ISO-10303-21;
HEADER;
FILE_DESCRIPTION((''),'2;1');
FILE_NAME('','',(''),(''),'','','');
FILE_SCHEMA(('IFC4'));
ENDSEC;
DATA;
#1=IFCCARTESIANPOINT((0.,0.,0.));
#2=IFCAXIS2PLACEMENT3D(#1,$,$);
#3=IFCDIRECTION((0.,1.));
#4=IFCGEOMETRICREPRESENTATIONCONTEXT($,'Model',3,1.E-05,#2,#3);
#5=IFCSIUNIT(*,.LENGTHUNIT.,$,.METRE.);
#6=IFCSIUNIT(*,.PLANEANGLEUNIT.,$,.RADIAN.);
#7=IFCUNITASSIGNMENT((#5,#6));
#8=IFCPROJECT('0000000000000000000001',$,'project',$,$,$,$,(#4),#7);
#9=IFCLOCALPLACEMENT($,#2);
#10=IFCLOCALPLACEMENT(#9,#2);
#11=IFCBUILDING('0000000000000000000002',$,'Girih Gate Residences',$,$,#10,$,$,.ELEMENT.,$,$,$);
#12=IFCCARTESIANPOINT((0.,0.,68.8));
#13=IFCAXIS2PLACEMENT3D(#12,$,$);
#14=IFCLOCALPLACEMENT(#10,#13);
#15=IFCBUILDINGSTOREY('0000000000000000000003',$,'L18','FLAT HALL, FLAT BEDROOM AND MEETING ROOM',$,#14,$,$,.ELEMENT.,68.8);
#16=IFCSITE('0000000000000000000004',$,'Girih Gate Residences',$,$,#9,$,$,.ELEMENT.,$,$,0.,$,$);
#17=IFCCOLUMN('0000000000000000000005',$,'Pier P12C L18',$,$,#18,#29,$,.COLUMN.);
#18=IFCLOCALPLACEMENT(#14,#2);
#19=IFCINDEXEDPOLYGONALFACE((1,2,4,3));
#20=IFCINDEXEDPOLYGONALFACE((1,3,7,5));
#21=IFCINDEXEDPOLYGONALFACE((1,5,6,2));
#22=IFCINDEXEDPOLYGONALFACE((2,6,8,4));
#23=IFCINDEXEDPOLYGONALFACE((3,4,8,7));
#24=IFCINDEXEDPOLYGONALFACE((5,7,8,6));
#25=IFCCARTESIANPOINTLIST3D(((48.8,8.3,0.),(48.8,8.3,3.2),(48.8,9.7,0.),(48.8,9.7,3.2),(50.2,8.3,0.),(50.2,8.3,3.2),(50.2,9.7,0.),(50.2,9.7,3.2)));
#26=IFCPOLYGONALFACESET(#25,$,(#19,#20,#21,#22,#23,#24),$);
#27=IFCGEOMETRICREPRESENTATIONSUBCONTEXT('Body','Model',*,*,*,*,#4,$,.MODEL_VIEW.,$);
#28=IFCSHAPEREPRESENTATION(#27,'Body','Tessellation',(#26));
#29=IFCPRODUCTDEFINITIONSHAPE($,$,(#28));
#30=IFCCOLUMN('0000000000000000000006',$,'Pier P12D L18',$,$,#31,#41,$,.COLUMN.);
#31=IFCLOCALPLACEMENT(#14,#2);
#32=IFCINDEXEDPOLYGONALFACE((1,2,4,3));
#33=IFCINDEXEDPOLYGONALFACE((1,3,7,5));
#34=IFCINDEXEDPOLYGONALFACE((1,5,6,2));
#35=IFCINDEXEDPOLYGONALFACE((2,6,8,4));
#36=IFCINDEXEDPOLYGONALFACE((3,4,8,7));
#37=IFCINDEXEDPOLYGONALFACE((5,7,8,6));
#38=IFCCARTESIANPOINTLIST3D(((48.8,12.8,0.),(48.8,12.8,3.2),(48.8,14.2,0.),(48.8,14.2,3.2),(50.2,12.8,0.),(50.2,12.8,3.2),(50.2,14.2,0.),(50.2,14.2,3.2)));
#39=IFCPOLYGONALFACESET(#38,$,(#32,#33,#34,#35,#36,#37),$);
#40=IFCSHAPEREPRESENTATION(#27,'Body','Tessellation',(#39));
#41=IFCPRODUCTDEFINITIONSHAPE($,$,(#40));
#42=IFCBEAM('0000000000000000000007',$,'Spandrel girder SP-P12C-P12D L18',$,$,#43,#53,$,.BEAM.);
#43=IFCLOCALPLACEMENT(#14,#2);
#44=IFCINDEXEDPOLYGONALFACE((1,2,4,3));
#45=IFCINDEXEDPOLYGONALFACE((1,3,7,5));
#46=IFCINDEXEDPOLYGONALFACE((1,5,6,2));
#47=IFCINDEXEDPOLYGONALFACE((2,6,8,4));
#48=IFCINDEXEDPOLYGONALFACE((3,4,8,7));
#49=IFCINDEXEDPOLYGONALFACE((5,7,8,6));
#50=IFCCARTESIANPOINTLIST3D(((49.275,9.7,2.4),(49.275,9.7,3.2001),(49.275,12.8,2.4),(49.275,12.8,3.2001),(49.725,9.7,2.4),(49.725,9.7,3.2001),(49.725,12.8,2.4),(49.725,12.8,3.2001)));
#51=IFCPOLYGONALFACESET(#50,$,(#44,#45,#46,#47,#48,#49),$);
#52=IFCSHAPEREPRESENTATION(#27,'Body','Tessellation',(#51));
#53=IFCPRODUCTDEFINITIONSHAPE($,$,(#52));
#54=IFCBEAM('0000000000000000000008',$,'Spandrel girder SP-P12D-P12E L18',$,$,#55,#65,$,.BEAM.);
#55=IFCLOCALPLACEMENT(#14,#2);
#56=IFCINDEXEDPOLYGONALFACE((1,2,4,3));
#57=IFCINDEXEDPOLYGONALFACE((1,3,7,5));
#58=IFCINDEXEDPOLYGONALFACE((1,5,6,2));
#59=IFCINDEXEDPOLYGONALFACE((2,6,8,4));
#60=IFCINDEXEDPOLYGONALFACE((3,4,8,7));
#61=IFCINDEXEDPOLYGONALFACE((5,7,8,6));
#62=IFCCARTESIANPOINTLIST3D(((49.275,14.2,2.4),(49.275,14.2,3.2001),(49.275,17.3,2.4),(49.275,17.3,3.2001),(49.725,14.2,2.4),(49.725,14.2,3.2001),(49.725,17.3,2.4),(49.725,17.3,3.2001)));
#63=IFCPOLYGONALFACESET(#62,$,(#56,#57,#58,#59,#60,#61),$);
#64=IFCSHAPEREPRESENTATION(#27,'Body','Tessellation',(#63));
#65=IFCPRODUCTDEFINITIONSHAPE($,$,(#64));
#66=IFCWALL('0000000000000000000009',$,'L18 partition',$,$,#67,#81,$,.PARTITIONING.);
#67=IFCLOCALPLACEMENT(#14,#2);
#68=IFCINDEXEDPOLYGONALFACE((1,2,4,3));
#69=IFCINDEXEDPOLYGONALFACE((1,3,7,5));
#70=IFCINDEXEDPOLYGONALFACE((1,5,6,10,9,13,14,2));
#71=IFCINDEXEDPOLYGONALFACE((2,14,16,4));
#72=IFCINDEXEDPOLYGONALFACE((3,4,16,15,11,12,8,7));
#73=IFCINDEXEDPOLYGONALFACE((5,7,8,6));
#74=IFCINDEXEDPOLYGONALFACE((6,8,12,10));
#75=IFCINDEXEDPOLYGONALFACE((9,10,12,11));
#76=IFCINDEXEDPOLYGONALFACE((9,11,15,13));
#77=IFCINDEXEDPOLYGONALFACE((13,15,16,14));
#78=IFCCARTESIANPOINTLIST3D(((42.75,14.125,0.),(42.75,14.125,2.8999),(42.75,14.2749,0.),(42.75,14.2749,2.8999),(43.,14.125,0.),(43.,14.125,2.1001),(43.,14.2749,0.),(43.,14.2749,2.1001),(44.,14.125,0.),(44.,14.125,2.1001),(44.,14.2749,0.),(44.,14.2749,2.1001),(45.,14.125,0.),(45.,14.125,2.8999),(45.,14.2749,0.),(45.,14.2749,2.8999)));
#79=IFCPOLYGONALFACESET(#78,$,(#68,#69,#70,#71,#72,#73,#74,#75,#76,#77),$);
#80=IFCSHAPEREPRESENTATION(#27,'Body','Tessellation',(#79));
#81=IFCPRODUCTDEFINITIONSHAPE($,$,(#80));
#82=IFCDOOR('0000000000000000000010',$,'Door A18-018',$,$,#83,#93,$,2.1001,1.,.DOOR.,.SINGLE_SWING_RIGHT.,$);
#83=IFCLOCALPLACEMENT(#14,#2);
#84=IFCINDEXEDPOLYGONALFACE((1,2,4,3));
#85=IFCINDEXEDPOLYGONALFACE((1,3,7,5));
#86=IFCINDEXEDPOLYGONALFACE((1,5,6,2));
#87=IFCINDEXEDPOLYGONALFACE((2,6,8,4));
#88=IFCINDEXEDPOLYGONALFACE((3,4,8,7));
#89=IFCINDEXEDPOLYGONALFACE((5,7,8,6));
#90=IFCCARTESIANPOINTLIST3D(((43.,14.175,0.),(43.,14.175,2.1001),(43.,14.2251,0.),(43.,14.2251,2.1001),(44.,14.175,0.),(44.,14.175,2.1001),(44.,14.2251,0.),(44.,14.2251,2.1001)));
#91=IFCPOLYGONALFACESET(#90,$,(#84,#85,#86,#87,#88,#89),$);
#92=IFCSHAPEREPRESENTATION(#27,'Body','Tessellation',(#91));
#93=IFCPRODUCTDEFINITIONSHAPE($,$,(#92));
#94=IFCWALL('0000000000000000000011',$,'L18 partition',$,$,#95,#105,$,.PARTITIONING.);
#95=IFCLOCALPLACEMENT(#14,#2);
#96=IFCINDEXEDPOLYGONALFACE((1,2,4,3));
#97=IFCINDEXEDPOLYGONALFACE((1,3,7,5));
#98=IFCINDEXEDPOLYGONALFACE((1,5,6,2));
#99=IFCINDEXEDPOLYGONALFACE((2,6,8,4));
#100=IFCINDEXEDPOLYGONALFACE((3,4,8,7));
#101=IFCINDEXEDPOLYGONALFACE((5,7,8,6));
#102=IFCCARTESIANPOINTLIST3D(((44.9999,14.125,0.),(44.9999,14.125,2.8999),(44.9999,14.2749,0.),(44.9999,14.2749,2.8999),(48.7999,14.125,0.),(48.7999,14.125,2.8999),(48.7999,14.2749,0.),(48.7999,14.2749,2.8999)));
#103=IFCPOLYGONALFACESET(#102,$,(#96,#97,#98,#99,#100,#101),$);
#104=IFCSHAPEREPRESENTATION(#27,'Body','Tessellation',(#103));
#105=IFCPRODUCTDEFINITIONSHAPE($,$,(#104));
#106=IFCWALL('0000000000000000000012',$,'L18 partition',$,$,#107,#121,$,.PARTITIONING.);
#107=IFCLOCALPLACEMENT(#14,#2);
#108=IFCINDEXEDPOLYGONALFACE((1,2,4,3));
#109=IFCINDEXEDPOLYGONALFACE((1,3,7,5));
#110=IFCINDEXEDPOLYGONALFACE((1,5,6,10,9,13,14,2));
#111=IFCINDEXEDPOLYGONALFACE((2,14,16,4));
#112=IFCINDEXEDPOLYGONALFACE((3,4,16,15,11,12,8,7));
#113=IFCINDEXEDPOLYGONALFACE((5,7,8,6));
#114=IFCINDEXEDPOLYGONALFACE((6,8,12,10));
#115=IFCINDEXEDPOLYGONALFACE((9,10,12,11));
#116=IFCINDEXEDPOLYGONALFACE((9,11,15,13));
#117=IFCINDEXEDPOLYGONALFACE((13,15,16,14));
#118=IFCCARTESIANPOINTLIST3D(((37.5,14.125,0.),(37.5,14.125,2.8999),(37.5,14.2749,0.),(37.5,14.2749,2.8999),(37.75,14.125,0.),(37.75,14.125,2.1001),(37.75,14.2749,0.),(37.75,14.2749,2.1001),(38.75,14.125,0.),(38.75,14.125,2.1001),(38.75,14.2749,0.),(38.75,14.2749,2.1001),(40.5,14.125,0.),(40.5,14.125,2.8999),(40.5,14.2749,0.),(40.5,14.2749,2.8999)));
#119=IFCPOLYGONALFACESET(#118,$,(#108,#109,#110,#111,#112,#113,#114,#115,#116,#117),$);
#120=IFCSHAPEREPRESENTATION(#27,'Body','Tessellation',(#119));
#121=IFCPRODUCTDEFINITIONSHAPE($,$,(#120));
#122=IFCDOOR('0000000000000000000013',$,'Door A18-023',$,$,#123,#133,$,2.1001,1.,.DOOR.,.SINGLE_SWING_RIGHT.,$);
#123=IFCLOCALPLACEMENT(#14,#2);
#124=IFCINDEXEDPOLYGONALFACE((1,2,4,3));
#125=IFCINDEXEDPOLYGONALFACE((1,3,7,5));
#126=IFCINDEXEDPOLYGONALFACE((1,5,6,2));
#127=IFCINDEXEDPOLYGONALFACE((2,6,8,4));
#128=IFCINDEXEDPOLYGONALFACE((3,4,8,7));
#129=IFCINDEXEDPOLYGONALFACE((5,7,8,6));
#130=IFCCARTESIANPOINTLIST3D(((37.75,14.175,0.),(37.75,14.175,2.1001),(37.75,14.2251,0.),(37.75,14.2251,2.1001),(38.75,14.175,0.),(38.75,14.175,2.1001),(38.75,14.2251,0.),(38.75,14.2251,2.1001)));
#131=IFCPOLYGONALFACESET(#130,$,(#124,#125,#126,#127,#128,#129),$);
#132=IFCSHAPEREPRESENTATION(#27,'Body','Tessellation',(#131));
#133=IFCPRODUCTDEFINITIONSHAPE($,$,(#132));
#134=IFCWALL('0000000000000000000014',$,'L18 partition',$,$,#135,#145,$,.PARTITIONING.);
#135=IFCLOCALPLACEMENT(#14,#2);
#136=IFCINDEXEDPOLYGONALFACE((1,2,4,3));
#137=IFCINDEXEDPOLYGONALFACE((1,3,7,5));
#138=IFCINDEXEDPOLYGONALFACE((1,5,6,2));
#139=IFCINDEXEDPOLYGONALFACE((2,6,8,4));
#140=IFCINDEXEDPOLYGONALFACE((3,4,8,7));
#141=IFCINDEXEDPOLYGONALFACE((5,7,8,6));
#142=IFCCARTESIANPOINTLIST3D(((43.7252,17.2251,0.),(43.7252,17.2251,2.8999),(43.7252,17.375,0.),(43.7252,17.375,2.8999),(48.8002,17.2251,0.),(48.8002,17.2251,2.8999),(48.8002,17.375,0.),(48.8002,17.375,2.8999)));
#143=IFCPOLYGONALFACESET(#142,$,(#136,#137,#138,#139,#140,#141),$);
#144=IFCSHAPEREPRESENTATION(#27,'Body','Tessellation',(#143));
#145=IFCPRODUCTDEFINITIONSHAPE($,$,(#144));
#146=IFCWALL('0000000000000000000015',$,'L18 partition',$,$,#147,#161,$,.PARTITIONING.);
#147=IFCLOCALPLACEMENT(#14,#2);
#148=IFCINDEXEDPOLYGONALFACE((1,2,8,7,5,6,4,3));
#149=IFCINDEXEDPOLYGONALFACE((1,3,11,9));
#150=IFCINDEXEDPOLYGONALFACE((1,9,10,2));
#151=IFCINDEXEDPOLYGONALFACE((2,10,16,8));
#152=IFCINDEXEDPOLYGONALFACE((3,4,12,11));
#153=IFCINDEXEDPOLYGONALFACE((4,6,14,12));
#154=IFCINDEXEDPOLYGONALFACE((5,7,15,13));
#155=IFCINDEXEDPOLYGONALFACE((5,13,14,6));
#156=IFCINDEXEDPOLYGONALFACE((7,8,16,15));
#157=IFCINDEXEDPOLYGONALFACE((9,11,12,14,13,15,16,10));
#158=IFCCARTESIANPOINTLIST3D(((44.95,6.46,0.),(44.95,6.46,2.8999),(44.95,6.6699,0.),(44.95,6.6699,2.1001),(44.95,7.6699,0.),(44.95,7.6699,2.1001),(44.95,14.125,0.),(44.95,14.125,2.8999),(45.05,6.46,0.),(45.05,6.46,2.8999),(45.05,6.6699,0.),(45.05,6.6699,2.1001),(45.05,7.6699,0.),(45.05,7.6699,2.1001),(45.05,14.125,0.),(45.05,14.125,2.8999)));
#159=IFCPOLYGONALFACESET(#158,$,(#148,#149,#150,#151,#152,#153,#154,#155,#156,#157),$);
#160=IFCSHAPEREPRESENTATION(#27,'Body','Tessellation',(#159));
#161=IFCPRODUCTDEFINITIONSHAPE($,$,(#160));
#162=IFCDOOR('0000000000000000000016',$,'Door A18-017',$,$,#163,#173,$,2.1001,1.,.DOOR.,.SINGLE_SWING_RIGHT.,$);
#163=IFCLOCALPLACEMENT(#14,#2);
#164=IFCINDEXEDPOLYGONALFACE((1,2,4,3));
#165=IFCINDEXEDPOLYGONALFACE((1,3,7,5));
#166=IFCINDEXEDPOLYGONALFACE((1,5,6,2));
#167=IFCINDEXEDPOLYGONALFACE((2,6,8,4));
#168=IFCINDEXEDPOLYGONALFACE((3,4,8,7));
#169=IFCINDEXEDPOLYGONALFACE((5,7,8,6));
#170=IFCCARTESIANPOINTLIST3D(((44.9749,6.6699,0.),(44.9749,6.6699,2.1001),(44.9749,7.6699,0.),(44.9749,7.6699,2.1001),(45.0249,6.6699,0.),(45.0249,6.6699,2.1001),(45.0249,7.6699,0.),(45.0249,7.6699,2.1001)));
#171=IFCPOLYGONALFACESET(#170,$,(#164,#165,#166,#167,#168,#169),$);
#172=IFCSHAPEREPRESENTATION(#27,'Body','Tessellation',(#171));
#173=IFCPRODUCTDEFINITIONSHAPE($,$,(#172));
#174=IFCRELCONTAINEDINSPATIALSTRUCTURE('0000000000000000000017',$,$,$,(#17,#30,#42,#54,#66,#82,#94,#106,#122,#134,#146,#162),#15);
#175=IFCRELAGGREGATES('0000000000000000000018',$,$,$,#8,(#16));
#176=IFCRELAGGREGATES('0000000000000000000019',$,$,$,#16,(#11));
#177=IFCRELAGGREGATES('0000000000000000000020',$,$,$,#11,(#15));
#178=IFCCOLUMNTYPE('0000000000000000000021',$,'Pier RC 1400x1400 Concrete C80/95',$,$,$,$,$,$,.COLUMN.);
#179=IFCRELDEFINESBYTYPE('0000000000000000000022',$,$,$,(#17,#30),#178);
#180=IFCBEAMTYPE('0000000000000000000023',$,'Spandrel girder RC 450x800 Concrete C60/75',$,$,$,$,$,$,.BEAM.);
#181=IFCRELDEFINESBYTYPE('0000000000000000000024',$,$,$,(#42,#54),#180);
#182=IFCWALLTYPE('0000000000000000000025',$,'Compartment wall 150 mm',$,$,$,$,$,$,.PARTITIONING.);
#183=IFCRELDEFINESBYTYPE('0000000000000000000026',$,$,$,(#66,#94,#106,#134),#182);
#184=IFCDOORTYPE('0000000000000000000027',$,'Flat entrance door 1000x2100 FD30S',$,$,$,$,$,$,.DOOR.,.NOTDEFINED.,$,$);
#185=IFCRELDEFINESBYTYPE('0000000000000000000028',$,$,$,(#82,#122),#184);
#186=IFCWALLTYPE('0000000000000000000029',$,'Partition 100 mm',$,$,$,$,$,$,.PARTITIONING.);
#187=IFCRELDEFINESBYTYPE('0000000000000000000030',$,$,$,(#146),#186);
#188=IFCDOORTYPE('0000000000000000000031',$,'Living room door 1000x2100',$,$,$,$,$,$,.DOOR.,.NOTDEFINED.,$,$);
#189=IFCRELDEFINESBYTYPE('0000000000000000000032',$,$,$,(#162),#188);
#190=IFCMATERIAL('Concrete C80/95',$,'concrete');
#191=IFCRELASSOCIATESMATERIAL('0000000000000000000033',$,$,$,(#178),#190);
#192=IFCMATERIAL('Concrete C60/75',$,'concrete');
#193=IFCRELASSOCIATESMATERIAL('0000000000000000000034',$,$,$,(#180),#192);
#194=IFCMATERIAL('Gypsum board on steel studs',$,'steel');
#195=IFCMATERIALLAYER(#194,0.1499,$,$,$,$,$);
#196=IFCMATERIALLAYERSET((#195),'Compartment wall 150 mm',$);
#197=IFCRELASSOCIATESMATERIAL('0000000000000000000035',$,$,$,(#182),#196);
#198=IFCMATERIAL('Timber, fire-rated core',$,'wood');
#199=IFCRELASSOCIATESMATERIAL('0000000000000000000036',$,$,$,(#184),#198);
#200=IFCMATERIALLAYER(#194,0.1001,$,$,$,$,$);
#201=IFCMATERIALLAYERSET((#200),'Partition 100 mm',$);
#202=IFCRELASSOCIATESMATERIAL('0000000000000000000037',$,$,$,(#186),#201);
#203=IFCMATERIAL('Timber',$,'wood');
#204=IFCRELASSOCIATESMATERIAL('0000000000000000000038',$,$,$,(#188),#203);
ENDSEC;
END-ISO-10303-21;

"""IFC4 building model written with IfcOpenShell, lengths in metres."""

from ifc_helpers import new_model, si_unit, direction, frame, frame_2d, origin, origin_2d, place, context, subcontext, project, spatial, rectangle, extrude, material, layer, layer_set, material_profile, profile_set, type_object, element, fill, save


model = new_model("IFC4")

# Units and contexts
model_context = context("Model", 3, precision=1e-05, world=origin(), true_north=direction((0.0, 1.0)))
body_context = subcontext(model_context, "Body", "Model", "MODEL_VIEW")
ifc_project = project(units=[si_unit("LENGTHUNIT", "METRE"), si_unit("PLANEANGLEUNIT", "RADIAN")], contexts=[model_context])

# Site, building, storey
site_placement = place(None, origin())
site = spatial("IfcSite", under=ifc_project, at=site_placement, Name="Girih Gate Residences", CompositionType="ELEMENT", RefElevation=0.0)
building_placement = place(site_placement, origin())
building = spatial("IfcBuilding", under=site, at=building_placement, Name="Girih Gate Residences", CompositionType="ELEMENT")
storey_placement = place(building_placement, frame((0.0, 0.0, 68.8)))
storey = spatial("IfcBuildingStorey", under=building, at=storey_placement, Name="L18", Description="FLAT HALL, FLAT BEDROOM AND MEETING ROOM", CompositionType="ELEMENT", Elevation=68.8)

# Columns
ifc_material_1 = material(Name="Concrete C80/95", Category="concrete")
ifc_material_profile_1 = material_profile(ifc_material_1, rectangle(XDim=1.3999, YDim=1.3999, at=origin_2d()))
ifc_profile_set_1 = profile_set([ifc_material_profile_1], Name="Concrete C80/95")
column_type = type_object("IfcColumnType", Name="Pier RC 1400x1400 Concrete C80/95", PredefinedType="COLUMN", material=ifc_profile_set_1)
for number, where, z_axis, x_axis, name in (
    (1, (49.5, 9.0, 0.0), (0.0, 0.0, 1.0), (1.0, 0.0, 0.0), "Pier P12C L18"),
    (2, (49.5, 13.5, 0.0), (0.0, 0.0, 1.0), (1.0, 0.0, 0.0), "Pier P12D L18"),
):
    element("IfcColumn", number, at=place(storey_placement, frame(where, z_axis=z_axis, x_axis=x_axis)), inside=storey, type_object=column_type, Name=name, PredefinedType="COLUMN", context=body_context, shape_type="SweptSolid", body=[
        extrude(rectangle(XDim=1.3999, YDim=1.3999, at=origin_2d()), origin(), (0.0, 0.0, 1.0), 3.2),
    ])

# Beams
ifc_material_2 = material(Name="Concrete C60/75", Category="concrete")
ifc_material_profile_2 = material_profile(ifc_material_2, rectangle(XDim=0.45, YDim=0.8, at=origin_2d()))
ifc_profile_set_2 = profile_set([ifc_material_profile_2], Name="Concrete C60/75")
beam_type = type_object("IfcBeamType", Name="Spandrel girder RC 450x800 Concrete C60/75", PredefinedType="BEAM", material=ifc_profile_set_2)
for number, where, z_axis, x_axis, name in (
    (3, (49.5, 9.7, 2.8), (0.0, 1.0, 0.0), (-1.0, 0.0, 0.0), "Spandrel girder SP-P12C-P12D L18"),
    (4, (49.5, 14.2, 2.8), (0.0, 1.0, 0.0), (-1.0, 0.0, 0.0), "Spandrel girder SP-P12D-P12E L18"),
):
    element("IfcBeam", number, at=place(storey_placement, frame(where, z_axis=z_axis, x_axis=x_axis)), inside=storey, type_object=beam_type, Name=name, PredefinedType="BEAM", context=body_context, shape_type="SweptSolid", body=[
        extrude(rectangle(XDim=0.45, YDim=0.8, at=origin_2d()), origin(), (0.0, 0.0, 1.0), 3.1001),
    ])

# Wall, opening, door
ifc_material_3 = material(Name="Gypsum board on steel studs", Category="steel")
ifc_layer_1 = layer(ifc_material_3, 0.1499)
ifc_layer_set_1 = layer_set([ifc_layer_1], Name="Compartment wall 150 mm")
wall_type_1 = type_object("IfcWallType", Name="Compartment wall 150 mm", PredefinedType="PARTITIONING", material=ifc_layer_set_1)
wall_1_placement = place(storey_placement, frame((45.0, 14.2, 0.0), z_axis=(0.0, 0.0, 1.0), x_axis=(-1.0, 0.0, 0.0)))
wall_1 = element("IfcWall", 5, at=wall_1_placement, inside=storey, type_object=wall_type_1, Name="L18 partition", PredefinedType="PARTITIONING", context=body_context, shape_type="SweptSolid", body=[
    extrude(rectangle(XDim=2.25, YDim=0.1499, at=frame_2d((1.125, 0.0))), origin(), (0.0, 0.0, 1.0), 2.8999),
])
opening_1_placement = place(wall_1_placement, frame((1.0, 0.0, 0.0)))
opening_1 = element("IfcOpeningElement", 6, at=opening_1_placement, cuts=wall_1, PredefinedType="OPENING", context=body_context, shape_type="SweptSolid", body=[
    extrude(rectangle(XDim=1.0, YDim=2.1001, at=frame_2d((0.5, 1.05))), frame((0.0, 0.085, 0.0), z_axis=(0.0, -1.0, 0.0), x_axis=(1.0, 0.0, 0.0)), (0.0, 0.0, 1.0), 0.1699),
])
ifc_material_4 = material(Name="Timber, fire-rated core", Category="wood")
door_type_1 = type_object("IfcDoorType", Name="Flat entrance door 1000x2100 FD30S", OperationType="NOTDEFINED", PredefinedType="DOOR", material=ifc_material_4)
door_1_placement = place(opening_1_placement, origin())
door_1 = element("IfcDoor", 7, at=door_1_placement, inside=storey, type_object=door_type_1, Name="Door A18-018", OperationType="SINGLE_SWING_RIGHT", OverallHeight=2.1001, OverallWidth=1.0, PredefinedType="DOOR", context=body_context, shape_type="SweptSolid", body=[
    extrude(rectangle(XDim=1.0, YDim=2.1001, at=frame_2d((0.5, 1.05))), frame((0.0, 0.0249, 0.0), z_axis=(0.0, -1.0, 0.0), x_axis=(1.0, 0.0, 0.0)), (0.0, 0.0, 1.0), 0.05),
])
fill(opening_1, door_1)

# Wall
wall_2_placement = place(storey_placement, frame((45.0, 14.2, 0.0), z_axis=(0.0, 0.0, 1.0), x_axis=(1.0, 0.0, 0.0)))
element("IfcWall", 8, at=wall_2_placement, inside=storey, type_object=wall_type_1, Name="L18 partition", PredefinedType="PARTITIONING", context=body_context, shape_type="SweptSolid", body=[
    extrude(rectangle(XDim=3.8, YDim=0.1499, at=frame_2d((1.8999, 0.0))), origin(), (0.0, 0.0, 1.0), 2.8999),
])

# Wall, opening, door
wall_3_placement = place(storey_placement, frame((40.5, 14.2, 0.0), z_axis=(0.0, 0.0, 1.0), x_axis=(-1.0, 0.0, 0.0)))
wall_3 = element("IfcWall", 9, at=wall_3_placement, inside=storey, type_object=wall_type_1, Name="L18 partition", PredefinedType="PARTITIONING", context=body_context, shape_type="SweptSolid", body=[
    extrude(rectangle(XDim=3.0, YDim=0.1499, at=frame_2d((1.5, 0.0))), origin(), (0.0, 0.0, 1.0), 2.8999),
])
opening_2_placement = place(wall_3_placement, frame((1.75, 0.0, 0.0)))
opening_2 = element("IfcOpeningElement", 10, at=opening_2_placement, cuts=wall_3, PredefinedType="OPENING", context=body_context, shape_type="SweptSolid", body=[
    extrude(rectangle(XDim=1.0, YDim=2.1001, at=frame_2d((0.5, 1.05))), frame((0.0, 0.085, 0.0), z_axis=(0.0, -1.0, 0.0), x_axis=(1.0, 0.0, 0.0)), (0.0, 0.0, 1.0), 0.1699),
])
door_2_placement = place(opening_2_placement, origin())
door_2 = element("IfcDoor", 11, at=door_2_placement, inside=storey, type_object=door_type_1, Name="Door A18-023", OperationType="SINGLE_SWING_RIGHT", OverallHeight=2.1001, OverallWidth=1.0, PredefinedType="DOOR", context=body_context, shape_type="SweptSolid", body=[
    extrude(rectangle(XDim=1.0, YDim=2.1001, at=frame_2d((0.5, 1.05))), frame((0.0, 0.0249, 0.0), z_axis=(0.0, -1.0, 0.0), x_axis=(1.0, 0.0, 0.0)), (0.0, 0.0, 1.0), 0.05),
])
fill(opening_2, door_2)

# Wall
wall_4_placement = place(storey_placement, frame((43.7251, 17.3, 0.0), z_axis=(0.0, 0.0, 1.0), x_axis=(1.0, 0.0, 0.0)))
element("IfcWall", 12, at=wall_4_placement, inside=storey, type_object=wall_type_1, Name="L18 partition", PredefinedType="PARTITIONING", context=body_context, shape_type="SweptSolid", body=[
    extrude(rectangle(XDim=5.075, YDim=0.1499, at=frame_2d((2.5376, 0.0))), origin(), (0.0, 0.0, 1.0), 2.8999),
])

# Wall, opening, door
ifc_layer_2 = layer(ifc_material_3, 0.1001)
ifc_layer_set_2 = layer_set([ifc_layer_2], Name="Partition 100 mm")
wall_type_2 = type_object("IfcWallType", Name="Partition 100 mm", PredefinedType="PARTITIONING", material=ifc_layer_set_2)
wall_5_placement = place(storey_placement, frame((45.0, 14.125, 0.0), z_axis=(0.0, 0.0, 1.0), x_axis=(0.0, -1.0, 0.0)))
wall_5 = element("IfcWall", 13, at=wall_5_placement, inside=storey, type_object=wall_type_2, Name="L18 partition", PredefinedType="PARTITIONING", context=body_context, shape_type="SweptSolid", body=[
    extrude(rectangle(XDim=7.665, YDim=0.1001, at=frame_2d((3.8325, 0.0))), origin(), (0.0, 0.0, 1.0), 2.8999),
])
opening_3_placement = place(wall_5_placement, frame((6.4551, 0.0, 0.0)))
opening_3 = element("IfcOpeningElement", 14, at=opening_3_placement, cuts=wall_5, PredefinedType="OPENING", context=body_context, shape_type="SweptSolid", body=[
    extrude(rectangle(XDim=1.0, YDim=2.1001, at=frame_2d((0.5, 1.05))), frame((0.0, 0.0601, 0.0), z_axis=(0.0, -1.0, 0.0), x_axis=(1.0, 0.0, 0.0)), (0.0, 0.0, 1.0), 0.1201),
])
ifc_material_5 = material(Name="Timber", Category="wood")
door_type_2 = type_object("IfcDoorType", Name="Living room door 1000x2100", OperationType="NOTDEFINED", PredefinedType="DOOR", material=ifc_material_5)
door_3_placement = place(opening_3_placement, origin())
door_3 = element("IfcDoor", 15, at=door_3_placement, inside=storey, type_object=door_type_2, Name="Door A18-017", OperationType="SINGLE_SWING_RIGHT", OverallHeight=2.1001, OverallWidth=1.0, PredefinedType="DOOR", context=body_context, shape_type="SweptSolid", body=[
    extrude(rectangle(XDim=1.0, YDim=2.1001, at=frame_2d((0.5, 1.05))), frame((0.0, 0.0249, 0.0), z_axis=(0.0, -1.0, 0.0), x_axis=(1.0, 0.0, 0.0)), (0.0, 0.0, 1.0), 0.05),
])
fill(opening_3, door_3)

save(model, "model.ifc")
